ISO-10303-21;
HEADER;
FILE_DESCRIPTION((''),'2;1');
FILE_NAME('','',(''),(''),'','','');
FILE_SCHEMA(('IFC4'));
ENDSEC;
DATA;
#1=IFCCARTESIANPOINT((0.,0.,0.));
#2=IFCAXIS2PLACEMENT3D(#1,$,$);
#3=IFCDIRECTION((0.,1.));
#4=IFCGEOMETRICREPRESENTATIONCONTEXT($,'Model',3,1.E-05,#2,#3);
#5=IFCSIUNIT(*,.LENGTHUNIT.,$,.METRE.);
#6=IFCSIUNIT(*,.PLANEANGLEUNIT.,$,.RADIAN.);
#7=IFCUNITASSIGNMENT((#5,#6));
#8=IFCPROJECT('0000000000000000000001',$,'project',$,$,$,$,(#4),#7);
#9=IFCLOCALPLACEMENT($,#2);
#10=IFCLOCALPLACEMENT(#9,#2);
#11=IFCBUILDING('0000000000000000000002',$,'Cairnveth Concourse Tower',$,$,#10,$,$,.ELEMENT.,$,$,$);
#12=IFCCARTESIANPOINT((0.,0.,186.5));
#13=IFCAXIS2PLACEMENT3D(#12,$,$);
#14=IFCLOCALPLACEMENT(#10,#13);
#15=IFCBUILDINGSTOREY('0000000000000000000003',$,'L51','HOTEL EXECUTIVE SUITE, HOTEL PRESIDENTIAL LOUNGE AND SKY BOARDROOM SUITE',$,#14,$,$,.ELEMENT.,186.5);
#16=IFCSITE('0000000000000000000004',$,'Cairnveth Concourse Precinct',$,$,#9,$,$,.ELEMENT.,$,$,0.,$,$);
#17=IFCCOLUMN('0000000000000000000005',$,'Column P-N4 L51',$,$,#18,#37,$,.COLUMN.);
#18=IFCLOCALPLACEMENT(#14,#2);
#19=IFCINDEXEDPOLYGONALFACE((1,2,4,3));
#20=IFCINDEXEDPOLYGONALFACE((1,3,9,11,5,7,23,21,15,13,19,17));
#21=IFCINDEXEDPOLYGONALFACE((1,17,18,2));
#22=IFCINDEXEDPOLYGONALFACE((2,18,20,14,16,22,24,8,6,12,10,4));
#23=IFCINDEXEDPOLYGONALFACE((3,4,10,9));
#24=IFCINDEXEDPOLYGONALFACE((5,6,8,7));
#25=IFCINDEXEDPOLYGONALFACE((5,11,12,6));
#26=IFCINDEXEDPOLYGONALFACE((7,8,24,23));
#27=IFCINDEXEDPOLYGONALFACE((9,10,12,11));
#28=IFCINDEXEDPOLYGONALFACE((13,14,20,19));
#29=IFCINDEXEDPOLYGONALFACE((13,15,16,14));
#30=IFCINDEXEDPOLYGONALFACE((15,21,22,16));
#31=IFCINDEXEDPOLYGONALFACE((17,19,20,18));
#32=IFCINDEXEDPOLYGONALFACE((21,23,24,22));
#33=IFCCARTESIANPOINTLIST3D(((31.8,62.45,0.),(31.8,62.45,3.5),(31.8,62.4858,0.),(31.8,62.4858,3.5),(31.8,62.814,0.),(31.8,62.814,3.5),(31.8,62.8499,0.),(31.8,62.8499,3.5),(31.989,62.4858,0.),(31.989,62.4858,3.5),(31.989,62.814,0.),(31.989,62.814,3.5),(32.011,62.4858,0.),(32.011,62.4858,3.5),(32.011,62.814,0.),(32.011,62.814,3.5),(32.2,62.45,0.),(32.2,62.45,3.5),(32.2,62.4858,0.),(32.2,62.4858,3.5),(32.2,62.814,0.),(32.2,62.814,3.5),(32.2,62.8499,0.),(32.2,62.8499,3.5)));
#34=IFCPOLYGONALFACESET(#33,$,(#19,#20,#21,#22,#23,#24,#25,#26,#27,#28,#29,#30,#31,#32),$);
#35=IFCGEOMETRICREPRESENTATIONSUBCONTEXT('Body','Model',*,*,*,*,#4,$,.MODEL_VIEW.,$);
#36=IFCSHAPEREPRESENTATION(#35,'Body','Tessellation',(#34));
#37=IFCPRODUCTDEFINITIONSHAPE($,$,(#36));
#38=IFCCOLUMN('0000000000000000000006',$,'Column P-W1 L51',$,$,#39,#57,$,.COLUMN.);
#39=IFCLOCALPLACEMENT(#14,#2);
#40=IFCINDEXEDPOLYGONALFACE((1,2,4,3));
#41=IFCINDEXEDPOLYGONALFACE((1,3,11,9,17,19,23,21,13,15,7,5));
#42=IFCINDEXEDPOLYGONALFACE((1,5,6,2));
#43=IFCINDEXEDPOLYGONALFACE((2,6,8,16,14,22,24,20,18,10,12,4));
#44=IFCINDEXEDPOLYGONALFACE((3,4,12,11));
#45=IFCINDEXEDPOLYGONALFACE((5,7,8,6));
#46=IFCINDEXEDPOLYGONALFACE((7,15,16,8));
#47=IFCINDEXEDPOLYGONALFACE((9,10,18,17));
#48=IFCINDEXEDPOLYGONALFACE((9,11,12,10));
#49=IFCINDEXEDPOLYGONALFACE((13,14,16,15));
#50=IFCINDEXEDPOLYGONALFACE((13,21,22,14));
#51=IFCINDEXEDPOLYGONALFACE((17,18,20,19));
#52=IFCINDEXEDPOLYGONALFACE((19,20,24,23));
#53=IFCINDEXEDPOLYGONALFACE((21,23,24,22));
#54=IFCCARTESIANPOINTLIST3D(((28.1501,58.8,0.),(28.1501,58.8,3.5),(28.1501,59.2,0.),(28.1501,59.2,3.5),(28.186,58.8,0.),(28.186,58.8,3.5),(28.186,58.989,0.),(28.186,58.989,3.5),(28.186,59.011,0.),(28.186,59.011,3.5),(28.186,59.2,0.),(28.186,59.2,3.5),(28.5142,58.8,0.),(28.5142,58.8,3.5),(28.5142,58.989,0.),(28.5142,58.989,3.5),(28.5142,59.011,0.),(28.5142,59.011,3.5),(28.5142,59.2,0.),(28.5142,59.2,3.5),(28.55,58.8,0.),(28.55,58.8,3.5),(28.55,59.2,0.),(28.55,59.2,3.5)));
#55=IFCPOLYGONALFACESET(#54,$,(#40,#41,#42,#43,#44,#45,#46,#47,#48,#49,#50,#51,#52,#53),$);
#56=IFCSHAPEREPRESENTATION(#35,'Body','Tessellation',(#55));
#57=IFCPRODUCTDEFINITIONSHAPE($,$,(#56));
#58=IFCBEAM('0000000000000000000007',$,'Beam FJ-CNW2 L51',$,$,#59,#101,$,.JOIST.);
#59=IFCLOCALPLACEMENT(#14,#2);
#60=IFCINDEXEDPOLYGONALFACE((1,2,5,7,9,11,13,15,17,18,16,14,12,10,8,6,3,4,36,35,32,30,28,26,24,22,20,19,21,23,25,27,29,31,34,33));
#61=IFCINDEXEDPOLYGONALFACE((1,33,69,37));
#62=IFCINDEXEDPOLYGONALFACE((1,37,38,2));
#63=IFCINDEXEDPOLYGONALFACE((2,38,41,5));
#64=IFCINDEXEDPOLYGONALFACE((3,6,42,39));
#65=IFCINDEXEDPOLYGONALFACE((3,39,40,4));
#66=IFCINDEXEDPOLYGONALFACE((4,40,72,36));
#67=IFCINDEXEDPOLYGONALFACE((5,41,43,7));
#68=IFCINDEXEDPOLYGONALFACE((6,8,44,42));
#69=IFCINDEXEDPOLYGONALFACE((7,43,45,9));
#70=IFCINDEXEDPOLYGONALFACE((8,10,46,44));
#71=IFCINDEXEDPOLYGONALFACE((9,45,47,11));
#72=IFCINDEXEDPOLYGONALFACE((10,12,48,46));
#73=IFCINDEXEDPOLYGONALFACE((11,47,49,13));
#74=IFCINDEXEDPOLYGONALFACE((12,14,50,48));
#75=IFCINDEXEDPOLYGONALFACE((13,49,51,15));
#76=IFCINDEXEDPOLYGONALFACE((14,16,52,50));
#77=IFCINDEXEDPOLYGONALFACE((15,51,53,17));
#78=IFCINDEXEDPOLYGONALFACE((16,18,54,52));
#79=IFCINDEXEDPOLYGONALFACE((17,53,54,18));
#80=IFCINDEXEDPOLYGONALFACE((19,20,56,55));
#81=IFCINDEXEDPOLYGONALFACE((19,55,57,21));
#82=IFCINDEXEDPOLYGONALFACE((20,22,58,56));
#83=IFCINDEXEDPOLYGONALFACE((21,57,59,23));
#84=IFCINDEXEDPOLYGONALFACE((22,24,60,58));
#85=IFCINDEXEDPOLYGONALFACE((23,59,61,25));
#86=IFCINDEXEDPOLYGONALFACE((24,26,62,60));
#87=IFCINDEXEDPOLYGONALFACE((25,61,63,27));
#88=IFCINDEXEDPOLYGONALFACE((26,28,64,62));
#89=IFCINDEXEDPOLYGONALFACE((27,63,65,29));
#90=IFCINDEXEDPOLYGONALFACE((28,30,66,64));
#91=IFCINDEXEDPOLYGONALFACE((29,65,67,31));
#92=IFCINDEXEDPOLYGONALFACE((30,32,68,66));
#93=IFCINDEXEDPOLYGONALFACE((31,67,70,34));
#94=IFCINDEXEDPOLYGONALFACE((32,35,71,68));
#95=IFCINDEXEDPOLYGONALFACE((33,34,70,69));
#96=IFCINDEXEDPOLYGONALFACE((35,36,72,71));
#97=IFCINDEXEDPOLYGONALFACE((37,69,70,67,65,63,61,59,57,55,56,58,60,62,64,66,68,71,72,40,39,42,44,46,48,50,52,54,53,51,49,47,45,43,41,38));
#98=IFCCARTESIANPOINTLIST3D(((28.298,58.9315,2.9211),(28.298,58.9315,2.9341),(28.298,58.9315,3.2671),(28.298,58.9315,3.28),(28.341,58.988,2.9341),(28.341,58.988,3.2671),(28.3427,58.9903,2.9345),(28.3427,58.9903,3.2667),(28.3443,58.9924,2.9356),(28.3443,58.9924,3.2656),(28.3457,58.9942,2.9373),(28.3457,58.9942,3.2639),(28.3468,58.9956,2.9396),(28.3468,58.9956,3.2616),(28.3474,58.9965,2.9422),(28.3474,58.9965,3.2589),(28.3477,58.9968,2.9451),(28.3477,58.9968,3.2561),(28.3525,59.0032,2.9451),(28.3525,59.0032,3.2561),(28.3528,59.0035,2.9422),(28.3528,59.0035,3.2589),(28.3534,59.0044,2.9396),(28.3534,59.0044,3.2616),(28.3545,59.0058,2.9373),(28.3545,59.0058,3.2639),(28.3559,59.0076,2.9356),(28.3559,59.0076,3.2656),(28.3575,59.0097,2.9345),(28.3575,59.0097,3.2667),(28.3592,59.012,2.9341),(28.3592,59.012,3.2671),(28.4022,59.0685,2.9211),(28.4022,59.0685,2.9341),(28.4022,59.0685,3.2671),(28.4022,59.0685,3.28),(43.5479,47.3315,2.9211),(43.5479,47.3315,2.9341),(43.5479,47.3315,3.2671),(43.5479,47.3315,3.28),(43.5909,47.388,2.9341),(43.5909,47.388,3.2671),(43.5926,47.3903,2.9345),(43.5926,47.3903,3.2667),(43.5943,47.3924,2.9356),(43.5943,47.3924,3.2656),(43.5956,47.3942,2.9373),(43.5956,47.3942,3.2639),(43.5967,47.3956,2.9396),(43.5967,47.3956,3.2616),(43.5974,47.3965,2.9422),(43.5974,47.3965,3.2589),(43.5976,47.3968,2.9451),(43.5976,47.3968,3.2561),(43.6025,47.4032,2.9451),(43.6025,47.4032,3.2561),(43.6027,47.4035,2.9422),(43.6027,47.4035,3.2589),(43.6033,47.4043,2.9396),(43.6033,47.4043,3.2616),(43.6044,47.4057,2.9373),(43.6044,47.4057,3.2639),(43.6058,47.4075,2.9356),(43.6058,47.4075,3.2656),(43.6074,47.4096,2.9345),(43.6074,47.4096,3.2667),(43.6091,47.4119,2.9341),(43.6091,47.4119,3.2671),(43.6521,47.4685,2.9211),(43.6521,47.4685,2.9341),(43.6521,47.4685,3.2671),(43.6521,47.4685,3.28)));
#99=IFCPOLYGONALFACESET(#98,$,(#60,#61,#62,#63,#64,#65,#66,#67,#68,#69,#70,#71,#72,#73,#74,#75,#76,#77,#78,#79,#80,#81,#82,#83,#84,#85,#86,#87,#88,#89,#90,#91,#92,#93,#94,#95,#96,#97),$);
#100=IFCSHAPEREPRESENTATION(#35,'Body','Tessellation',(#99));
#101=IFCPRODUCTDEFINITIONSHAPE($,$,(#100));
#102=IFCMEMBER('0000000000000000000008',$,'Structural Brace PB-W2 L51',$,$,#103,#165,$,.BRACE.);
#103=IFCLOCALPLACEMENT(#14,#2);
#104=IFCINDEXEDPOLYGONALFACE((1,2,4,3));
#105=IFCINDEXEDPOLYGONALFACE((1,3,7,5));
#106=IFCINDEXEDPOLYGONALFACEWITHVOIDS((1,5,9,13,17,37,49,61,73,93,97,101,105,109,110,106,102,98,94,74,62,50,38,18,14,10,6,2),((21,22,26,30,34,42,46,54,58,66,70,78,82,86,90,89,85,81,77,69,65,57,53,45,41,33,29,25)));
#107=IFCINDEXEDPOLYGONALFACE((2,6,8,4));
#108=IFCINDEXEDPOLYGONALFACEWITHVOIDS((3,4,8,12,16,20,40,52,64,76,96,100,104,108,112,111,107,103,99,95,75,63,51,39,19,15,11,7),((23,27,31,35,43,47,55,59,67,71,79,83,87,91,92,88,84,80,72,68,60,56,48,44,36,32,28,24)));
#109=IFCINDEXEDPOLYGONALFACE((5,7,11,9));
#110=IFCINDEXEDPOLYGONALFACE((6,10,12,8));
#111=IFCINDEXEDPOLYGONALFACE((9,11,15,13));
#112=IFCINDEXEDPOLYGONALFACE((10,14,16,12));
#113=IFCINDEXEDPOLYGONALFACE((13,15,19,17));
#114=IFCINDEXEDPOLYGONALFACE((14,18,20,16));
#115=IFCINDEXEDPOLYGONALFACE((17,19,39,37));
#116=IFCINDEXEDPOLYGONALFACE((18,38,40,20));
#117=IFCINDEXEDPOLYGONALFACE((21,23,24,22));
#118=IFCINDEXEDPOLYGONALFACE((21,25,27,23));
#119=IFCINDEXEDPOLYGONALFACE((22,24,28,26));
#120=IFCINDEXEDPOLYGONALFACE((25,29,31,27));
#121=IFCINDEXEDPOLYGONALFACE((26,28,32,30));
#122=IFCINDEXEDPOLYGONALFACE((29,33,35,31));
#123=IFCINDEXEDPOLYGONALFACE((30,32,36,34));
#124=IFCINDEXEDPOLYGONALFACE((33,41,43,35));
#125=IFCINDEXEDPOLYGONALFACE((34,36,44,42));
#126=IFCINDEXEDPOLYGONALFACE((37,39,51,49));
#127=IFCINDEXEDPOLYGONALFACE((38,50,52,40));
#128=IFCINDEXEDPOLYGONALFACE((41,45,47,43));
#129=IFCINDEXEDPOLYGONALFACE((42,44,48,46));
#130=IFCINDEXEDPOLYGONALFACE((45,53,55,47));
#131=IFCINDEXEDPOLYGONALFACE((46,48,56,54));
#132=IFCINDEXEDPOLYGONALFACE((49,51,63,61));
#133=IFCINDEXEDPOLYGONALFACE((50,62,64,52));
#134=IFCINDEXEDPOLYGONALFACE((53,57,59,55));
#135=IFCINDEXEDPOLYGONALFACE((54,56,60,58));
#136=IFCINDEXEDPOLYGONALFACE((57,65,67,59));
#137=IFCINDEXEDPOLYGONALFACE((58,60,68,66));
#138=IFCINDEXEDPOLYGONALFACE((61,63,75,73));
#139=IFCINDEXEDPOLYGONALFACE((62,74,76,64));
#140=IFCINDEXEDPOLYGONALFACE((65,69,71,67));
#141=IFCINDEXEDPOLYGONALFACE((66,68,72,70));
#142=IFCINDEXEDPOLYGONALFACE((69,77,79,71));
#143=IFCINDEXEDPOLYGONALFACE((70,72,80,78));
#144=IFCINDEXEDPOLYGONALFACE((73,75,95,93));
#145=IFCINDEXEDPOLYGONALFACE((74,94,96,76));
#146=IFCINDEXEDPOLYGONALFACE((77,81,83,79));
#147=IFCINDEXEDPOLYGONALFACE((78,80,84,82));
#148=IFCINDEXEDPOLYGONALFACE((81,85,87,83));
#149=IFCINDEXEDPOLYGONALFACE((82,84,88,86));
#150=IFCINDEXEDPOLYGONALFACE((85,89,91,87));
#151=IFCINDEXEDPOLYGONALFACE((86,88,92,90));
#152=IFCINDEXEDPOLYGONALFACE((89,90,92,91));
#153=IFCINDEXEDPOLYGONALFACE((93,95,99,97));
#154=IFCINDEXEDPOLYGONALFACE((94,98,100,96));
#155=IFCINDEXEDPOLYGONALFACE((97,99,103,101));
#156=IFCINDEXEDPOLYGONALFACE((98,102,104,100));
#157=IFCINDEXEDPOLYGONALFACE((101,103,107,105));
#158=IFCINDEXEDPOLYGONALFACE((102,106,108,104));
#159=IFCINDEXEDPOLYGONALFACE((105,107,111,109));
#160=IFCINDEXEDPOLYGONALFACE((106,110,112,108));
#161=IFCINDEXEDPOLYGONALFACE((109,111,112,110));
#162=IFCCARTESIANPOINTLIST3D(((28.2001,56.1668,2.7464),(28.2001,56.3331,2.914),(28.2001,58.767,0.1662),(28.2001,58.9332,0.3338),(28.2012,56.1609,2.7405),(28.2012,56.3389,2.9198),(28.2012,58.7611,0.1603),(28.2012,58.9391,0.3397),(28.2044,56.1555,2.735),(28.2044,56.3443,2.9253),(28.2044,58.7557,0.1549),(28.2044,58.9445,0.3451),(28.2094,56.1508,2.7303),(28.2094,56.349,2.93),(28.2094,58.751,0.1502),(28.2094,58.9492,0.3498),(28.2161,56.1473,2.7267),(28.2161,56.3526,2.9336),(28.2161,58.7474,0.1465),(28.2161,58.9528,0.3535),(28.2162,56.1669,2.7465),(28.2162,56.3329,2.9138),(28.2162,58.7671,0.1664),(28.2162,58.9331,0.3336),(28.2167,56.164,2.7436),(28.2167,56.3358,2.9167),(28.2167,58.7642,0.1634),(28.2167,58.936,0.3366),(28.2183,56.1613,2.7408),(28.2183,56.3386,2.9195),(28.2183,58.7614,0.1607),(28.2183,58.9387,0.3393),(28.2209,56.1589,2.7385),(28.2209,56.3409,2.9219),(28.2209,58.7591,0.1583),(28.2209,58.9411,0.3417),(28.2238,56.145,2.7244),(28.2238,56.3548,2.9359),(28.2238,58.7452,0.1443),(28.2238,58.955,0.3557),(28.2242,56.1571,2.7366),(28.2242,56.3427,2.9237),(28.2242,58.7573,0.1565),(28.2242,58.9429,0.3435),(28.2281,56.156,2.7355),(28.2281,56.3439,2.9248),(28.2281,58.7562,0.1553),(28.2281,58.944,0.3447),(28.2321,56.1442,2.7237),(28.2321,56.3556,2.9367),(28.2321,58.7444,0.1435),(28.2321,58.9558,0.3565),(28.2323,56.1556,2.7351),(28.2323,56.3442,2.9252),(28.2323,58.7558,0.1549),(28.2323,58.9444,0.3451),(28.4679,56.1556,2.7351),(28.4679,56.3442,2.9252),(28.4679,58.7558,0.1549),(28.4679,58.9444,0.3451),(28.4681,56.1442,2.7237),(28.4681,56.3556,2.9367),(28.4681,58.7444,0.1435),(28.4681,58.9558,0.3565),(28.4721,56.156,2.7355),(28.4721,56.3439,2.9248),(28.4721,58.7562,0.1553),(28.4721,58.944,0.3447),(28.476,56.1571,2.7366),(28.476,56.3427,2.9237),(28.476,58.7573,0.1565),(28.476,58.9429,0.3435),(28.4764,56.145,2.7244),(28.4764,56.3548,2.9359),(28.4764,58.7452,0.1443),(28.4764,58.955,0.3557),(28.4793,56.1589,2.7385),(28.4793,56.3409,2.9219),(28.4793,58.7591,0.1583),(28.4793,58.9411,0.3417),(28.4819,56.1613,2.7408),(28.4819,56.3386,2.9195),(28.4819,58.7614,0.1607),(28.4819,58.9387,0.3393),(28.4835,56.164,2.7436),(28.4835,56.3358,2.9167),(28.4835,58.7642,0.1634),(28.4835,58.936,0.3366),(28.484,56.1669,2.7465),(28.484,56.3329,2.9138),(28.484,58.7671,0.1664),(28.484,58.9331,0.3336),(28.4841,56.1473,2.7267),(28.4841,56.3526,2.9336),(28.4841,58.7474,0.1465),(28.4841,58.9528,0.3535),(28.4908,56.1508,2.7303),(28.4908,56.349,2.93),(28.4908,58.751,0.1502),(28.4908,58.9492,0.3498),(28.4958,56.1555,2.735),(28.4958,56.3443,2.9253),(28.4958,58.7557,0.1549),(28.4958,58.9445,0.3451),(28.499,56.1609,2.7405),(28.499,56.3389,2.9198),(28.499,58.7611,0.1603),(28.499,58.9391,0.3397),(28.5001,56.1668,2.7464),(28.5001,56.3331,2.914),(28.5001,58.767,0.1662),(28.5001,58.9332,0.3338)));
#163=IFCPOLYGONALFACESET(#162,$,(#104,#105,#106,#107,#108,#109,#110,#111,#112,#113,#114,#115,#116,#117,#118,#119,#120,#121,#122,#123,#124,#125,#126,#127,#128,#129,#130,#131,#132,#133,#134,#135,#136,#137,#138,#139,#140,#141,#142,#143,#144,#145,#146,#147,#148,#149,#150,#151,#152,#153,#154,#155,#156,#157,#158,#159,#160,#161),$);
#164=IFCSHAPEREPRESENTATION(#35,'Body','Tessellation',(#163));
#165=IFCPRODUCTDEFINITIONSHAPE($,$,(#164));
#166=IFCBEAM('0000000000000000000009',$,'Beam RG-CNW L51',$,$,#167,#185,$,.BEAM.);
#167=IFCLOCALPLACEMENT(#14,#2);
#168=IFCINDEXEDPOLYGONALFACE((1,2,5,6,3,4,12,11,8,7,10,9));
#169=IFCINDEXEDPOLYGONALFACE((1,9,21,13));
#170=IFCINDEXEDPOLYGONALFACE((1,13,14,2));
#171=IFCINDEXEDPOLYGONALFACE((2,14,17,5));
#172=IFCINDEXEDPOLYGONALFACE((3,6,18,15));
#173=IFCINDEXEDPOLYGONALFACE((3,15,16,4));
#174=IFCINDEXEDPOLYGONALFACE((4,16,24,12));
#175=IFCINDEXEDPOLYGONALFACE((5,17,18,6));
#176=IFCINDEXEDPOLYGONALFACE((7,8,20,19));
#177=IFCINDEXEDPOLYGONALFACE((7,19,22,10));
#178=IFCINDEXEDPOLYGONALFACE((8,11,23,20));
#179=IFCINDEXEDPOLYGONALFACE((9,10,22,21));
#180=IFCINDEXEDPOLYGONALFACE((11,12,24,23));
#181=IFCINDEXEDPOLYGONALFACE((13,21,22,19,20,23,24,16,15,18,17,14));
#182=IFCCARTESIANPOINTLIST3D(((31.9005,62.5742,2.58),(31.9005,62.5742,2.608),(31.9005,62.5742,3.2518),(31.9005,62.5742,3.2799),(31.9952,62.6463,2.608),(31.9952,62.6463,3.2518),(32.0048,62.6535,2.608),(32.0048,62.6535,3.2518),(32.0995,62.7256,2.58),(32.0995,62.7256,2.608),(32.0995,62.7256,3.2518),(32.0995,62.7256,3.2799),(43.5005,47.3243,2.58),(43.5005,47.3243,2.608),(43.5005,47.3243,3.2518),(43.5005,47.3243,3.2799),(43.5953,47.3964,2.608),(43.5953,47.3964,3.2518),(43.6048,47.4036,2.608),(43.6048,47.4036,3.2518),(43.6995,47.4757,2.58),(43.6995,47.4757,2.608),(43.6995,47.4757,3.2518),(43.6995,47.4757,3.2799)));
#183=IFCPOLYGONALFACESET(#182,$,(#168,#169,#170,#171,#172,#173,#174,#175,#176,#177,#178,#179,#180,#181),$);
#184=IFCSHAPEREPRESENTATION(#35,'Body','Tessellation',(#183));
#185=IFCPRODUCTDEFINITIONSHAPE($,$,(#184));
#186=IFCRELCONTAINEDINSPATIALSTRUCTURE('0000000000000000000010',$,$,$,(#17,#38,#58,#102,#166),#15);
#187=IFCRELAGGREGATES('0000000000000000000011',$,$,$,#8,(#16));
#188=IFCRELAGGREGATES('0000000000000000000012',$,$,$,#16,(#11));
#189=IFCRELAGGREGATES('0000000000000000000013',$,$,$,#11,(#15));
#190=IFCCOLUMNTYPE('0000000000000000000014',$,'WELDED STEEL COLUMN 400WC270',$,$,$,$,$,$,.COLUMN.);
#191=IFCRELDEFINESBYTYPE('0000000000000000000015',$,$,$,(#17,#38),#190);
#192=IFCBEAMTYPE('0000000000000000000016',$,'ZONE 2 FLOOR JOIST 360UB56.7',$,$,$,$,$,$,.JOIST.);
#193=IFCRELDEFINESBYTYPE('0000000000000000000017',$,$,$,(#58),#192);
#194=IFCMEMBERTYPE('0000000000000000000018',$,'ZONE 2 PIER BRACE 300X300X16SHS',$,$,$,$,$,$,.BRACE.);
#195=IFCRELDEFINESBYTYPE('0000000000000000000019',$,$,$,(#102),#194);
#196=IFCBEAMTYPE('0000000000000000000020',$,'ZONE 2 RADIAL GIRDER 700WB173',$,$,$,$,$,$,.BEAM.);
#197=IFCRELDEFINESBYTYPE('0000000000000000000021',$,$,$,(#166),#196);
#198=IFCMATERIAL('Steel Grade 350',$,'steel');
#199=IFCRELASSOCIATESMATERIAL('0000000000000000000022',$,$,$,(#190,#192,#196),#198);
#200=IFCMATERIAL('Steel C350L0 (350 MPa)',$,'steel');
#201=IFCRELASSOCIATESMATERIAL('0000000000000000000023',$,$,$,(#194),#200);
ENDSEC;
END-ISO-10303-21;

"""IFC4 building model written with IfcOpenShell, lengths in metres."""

from ifc_helpers import new_model, si_unit, direction, frame, origin, origin_2d, place, context, subcontext, project, spatial, hollow_rectangle, i_section, extrude, material, material_profile, profile_set, type_object, element, save


model = new_model("IFC4")

# Units and contexts
model_context = context("Model", 3, precision=1e-05, world=origin(), true_north=direction((0.0, 1.0)))
body_context = subcontext(model_context, "Body", "Model", "MODEL_VIEW")
ifc_project = project(units=[si_unit("LENGTHUNIT", "METRE"), si_unit("PLANEANGLEUNIT", "RADIAN")], contexts=[model_context])

# Site, building, storey
site_placement = place(None, origin())
site = spatial("IfcSite", under=ifc_project, at=site_placement, Name="Cairnveth Concourse Precinct", CompositionType="ELEMENT", RefElevation=0.0)
building_placement = place(site_placement, origin())
building = spatial("IfcBuilding", under=site, at=building_placement, Name="Cairnveth Concourse Tower", CompositionType="ELEMENT")
storey_placement = place(building_placement, frame((0.0, 0.0, 186.5)))
storey = spatial("IfcBuildingStorey", under=building, at=storey_placement, Name="L51", Description="HOTEL EXECUTIVE SUITE, HOTEL PRESIDENTIAL LOUNGE AND SKY BOARDROOM SUITE", CompositionType="ELEMENT", Elevation=186.5)

# Columns
ifc_material_1 = material(Name="Steel Grade 350", Category="steel")
ifc_material_profile_1 = material_profile(ifc_material_1, i_section(OverallWidth=0.3999, OverallDepth=0.3999, WebThickness=0.022, FlangeThickness=0.0359, at=origin_2d()), Name="400WC270")
ifc_profile_set_1 = profile_set([ifc_material_profile_1], Name="Steel Grade 350")
column_type = type_object("IfcColumnType", Name="WELDED STEEL COLUMN 400WC270", PredefinedType="COLUMN", material=ifc_profile_set_1)
for number, where, z_axis, x_axis, name in (
    (1, (32.0, 62.6499, 0.0), (0.0, 0.0, 1.0), (1.0, 0.0, 0.0), "Column P-N4 L51"),
    (2, (28.3501, 59.0, 0.0), (0.0, 0.0, 1.0), (0.0, 1.0, 0.0), "Column P-W1 L51"),
):
    element("IfcColumn", number, at=place(storey_placement, frame(where, z_axis=z_axis, x_axis=x_axis)), inside=storey, type_object=column_type, Name=name, PredefinedType="COLUMN", context=body_context, shape_type="SweptSolid", body=[
        extrude(i_section(OverallWidth=0.3999, OverallDepth=0.3999, WebThickness=0.022, FlangeThickness=0.0359, at=origin_2d()), origin(), (0.0, 0.0, 1.0), 3.5),
    ])

# Beam
ifc_material_profile_2 = material_profile(ifc_material_1, i_section(OverallWidth=0.1721, OverallDepth=0.3589, WebThickness=0.0081, FlangeThickness=0.0129, FilletRadius=0.011, at=origin_2d()), Name="360UB56.7")
ifc_profile_set_2 = profile_set([ifc_material_profile_2], Name="Steel Grade 350")
beam_type_1 = type_object("IfcBeamType", Name="ZONE 2 FLOOR JOIST 360UB56.7", PredefinedType="JOIST", material=ifc_profile_set_2)
beam_1_placement = place(storey_placement, frame((28.3501, 59.0, 3.1006), z_axis=(0.795908, -0.605417, 0.0), x_axis=(0.605417, 0.795908, 0.0)))
element("IfcBeam", 3, at=beam_1_placement, inside=storey, type_object=beam_type_1, Name="Beam FJ-CNW2 L51", PredefinedType="JOIST", context=body_context, shape_type="SweptSolid", body=[
    extrude(i_section(OverallWidth=0.1721, OverallDepth=0.3589, WebThickness=0.0081, FlangeThickness=0.0129, FilletRadius=0.011, at=origin_2d()), origin(), (0.0, 0.0, 1.0), 19.1604),
])

# Member
ifc_material_2 = material(Name="Steel C350L0 (350 MPa)", Category="steel")
ifc_material_profile_3 = material_profile(ifc_material_2, hollow_rectangle(XDim=0.3, YDim=0.3, WallThickness=0.0161, InnerFilletRadius=0.0161, OuterFilletRadius=0.032, at=origin_2d()), Name="300x300x16.0SHS")
ifc_profile_set_3 = profile_set([ifc_material_profile_3], Name="Steel C350L0 (350 MPa)")
member_type = type_object("IfcMemberType", Name="ZONE 2 PIER BRACE 300X300X16SHS", PredefinedType="BRACE", material=ifc_profile_set_3)
member_placement = place(storey_placement, frame((28.3501, 58.8501, 0.25), z_axis=(0.0, -0.709834, 0.704369), x_axis=(1.0, 0.0, 0.0)))
element("IfcMember", 4, at=member_placement, inside=storey, type_object=member_type, Name="Structural Brace PB-W2 L51", PredefinedType="BRACE", context=body_context, shape_type="SweptSolid", body=[
    extrude(hollow_rectangle(XDim=0.3, YDim=0.3, WallThickness=0.0161, InnerFilletRadius=0.0161, OuterFilletRadius=0.032, at=origin_2d()), origin(), (0.0, 0.0, 1.0), 3.6631),
])

# Beam
ifc_material_profile_4 = material_profile(ifc_material_1, i_section(OverallWidth=0.25, OverallDepth=0.7, WebThickness=0.012, FlangeThickness=0.0281, at=origin_2d()), Name="700WB173")
ifc_profile_set_4 = profile_set([ifc_material_profile_4], Name="Steel Grade 350")
beam_type_2 = type_object("IfcBeamType", Name="ZONE 2 RADIAL GIRDER 700WB173", PredefinedType="BEAM", material=ifc_profile_set_4)
beam_2_placement = place(storey_placement, frame((32.0, 62.6499, 2.9299), z_axis=(0.605417, -0.795908, 0.0), x_axis=(0.795908, 0.605417, 0.0)))
element("IfcBeam", 5, at=beam_2_placement, inside=storey, type_object=beam_type_2, Name="Beam RG-CNW L51", PredefinedType="BEAM", context=body_context, shape_type="SweptSolid", body=[
    extrude(i_section(OverallWidth=0.25, OverallDepth=0.7, WebThickness=0.012, FlangeThickness=0.0281, at=origin_2d()), origin(), (0.0, 0.0, 1.0), 19.1604),
])

save(model, "model.ifc")
